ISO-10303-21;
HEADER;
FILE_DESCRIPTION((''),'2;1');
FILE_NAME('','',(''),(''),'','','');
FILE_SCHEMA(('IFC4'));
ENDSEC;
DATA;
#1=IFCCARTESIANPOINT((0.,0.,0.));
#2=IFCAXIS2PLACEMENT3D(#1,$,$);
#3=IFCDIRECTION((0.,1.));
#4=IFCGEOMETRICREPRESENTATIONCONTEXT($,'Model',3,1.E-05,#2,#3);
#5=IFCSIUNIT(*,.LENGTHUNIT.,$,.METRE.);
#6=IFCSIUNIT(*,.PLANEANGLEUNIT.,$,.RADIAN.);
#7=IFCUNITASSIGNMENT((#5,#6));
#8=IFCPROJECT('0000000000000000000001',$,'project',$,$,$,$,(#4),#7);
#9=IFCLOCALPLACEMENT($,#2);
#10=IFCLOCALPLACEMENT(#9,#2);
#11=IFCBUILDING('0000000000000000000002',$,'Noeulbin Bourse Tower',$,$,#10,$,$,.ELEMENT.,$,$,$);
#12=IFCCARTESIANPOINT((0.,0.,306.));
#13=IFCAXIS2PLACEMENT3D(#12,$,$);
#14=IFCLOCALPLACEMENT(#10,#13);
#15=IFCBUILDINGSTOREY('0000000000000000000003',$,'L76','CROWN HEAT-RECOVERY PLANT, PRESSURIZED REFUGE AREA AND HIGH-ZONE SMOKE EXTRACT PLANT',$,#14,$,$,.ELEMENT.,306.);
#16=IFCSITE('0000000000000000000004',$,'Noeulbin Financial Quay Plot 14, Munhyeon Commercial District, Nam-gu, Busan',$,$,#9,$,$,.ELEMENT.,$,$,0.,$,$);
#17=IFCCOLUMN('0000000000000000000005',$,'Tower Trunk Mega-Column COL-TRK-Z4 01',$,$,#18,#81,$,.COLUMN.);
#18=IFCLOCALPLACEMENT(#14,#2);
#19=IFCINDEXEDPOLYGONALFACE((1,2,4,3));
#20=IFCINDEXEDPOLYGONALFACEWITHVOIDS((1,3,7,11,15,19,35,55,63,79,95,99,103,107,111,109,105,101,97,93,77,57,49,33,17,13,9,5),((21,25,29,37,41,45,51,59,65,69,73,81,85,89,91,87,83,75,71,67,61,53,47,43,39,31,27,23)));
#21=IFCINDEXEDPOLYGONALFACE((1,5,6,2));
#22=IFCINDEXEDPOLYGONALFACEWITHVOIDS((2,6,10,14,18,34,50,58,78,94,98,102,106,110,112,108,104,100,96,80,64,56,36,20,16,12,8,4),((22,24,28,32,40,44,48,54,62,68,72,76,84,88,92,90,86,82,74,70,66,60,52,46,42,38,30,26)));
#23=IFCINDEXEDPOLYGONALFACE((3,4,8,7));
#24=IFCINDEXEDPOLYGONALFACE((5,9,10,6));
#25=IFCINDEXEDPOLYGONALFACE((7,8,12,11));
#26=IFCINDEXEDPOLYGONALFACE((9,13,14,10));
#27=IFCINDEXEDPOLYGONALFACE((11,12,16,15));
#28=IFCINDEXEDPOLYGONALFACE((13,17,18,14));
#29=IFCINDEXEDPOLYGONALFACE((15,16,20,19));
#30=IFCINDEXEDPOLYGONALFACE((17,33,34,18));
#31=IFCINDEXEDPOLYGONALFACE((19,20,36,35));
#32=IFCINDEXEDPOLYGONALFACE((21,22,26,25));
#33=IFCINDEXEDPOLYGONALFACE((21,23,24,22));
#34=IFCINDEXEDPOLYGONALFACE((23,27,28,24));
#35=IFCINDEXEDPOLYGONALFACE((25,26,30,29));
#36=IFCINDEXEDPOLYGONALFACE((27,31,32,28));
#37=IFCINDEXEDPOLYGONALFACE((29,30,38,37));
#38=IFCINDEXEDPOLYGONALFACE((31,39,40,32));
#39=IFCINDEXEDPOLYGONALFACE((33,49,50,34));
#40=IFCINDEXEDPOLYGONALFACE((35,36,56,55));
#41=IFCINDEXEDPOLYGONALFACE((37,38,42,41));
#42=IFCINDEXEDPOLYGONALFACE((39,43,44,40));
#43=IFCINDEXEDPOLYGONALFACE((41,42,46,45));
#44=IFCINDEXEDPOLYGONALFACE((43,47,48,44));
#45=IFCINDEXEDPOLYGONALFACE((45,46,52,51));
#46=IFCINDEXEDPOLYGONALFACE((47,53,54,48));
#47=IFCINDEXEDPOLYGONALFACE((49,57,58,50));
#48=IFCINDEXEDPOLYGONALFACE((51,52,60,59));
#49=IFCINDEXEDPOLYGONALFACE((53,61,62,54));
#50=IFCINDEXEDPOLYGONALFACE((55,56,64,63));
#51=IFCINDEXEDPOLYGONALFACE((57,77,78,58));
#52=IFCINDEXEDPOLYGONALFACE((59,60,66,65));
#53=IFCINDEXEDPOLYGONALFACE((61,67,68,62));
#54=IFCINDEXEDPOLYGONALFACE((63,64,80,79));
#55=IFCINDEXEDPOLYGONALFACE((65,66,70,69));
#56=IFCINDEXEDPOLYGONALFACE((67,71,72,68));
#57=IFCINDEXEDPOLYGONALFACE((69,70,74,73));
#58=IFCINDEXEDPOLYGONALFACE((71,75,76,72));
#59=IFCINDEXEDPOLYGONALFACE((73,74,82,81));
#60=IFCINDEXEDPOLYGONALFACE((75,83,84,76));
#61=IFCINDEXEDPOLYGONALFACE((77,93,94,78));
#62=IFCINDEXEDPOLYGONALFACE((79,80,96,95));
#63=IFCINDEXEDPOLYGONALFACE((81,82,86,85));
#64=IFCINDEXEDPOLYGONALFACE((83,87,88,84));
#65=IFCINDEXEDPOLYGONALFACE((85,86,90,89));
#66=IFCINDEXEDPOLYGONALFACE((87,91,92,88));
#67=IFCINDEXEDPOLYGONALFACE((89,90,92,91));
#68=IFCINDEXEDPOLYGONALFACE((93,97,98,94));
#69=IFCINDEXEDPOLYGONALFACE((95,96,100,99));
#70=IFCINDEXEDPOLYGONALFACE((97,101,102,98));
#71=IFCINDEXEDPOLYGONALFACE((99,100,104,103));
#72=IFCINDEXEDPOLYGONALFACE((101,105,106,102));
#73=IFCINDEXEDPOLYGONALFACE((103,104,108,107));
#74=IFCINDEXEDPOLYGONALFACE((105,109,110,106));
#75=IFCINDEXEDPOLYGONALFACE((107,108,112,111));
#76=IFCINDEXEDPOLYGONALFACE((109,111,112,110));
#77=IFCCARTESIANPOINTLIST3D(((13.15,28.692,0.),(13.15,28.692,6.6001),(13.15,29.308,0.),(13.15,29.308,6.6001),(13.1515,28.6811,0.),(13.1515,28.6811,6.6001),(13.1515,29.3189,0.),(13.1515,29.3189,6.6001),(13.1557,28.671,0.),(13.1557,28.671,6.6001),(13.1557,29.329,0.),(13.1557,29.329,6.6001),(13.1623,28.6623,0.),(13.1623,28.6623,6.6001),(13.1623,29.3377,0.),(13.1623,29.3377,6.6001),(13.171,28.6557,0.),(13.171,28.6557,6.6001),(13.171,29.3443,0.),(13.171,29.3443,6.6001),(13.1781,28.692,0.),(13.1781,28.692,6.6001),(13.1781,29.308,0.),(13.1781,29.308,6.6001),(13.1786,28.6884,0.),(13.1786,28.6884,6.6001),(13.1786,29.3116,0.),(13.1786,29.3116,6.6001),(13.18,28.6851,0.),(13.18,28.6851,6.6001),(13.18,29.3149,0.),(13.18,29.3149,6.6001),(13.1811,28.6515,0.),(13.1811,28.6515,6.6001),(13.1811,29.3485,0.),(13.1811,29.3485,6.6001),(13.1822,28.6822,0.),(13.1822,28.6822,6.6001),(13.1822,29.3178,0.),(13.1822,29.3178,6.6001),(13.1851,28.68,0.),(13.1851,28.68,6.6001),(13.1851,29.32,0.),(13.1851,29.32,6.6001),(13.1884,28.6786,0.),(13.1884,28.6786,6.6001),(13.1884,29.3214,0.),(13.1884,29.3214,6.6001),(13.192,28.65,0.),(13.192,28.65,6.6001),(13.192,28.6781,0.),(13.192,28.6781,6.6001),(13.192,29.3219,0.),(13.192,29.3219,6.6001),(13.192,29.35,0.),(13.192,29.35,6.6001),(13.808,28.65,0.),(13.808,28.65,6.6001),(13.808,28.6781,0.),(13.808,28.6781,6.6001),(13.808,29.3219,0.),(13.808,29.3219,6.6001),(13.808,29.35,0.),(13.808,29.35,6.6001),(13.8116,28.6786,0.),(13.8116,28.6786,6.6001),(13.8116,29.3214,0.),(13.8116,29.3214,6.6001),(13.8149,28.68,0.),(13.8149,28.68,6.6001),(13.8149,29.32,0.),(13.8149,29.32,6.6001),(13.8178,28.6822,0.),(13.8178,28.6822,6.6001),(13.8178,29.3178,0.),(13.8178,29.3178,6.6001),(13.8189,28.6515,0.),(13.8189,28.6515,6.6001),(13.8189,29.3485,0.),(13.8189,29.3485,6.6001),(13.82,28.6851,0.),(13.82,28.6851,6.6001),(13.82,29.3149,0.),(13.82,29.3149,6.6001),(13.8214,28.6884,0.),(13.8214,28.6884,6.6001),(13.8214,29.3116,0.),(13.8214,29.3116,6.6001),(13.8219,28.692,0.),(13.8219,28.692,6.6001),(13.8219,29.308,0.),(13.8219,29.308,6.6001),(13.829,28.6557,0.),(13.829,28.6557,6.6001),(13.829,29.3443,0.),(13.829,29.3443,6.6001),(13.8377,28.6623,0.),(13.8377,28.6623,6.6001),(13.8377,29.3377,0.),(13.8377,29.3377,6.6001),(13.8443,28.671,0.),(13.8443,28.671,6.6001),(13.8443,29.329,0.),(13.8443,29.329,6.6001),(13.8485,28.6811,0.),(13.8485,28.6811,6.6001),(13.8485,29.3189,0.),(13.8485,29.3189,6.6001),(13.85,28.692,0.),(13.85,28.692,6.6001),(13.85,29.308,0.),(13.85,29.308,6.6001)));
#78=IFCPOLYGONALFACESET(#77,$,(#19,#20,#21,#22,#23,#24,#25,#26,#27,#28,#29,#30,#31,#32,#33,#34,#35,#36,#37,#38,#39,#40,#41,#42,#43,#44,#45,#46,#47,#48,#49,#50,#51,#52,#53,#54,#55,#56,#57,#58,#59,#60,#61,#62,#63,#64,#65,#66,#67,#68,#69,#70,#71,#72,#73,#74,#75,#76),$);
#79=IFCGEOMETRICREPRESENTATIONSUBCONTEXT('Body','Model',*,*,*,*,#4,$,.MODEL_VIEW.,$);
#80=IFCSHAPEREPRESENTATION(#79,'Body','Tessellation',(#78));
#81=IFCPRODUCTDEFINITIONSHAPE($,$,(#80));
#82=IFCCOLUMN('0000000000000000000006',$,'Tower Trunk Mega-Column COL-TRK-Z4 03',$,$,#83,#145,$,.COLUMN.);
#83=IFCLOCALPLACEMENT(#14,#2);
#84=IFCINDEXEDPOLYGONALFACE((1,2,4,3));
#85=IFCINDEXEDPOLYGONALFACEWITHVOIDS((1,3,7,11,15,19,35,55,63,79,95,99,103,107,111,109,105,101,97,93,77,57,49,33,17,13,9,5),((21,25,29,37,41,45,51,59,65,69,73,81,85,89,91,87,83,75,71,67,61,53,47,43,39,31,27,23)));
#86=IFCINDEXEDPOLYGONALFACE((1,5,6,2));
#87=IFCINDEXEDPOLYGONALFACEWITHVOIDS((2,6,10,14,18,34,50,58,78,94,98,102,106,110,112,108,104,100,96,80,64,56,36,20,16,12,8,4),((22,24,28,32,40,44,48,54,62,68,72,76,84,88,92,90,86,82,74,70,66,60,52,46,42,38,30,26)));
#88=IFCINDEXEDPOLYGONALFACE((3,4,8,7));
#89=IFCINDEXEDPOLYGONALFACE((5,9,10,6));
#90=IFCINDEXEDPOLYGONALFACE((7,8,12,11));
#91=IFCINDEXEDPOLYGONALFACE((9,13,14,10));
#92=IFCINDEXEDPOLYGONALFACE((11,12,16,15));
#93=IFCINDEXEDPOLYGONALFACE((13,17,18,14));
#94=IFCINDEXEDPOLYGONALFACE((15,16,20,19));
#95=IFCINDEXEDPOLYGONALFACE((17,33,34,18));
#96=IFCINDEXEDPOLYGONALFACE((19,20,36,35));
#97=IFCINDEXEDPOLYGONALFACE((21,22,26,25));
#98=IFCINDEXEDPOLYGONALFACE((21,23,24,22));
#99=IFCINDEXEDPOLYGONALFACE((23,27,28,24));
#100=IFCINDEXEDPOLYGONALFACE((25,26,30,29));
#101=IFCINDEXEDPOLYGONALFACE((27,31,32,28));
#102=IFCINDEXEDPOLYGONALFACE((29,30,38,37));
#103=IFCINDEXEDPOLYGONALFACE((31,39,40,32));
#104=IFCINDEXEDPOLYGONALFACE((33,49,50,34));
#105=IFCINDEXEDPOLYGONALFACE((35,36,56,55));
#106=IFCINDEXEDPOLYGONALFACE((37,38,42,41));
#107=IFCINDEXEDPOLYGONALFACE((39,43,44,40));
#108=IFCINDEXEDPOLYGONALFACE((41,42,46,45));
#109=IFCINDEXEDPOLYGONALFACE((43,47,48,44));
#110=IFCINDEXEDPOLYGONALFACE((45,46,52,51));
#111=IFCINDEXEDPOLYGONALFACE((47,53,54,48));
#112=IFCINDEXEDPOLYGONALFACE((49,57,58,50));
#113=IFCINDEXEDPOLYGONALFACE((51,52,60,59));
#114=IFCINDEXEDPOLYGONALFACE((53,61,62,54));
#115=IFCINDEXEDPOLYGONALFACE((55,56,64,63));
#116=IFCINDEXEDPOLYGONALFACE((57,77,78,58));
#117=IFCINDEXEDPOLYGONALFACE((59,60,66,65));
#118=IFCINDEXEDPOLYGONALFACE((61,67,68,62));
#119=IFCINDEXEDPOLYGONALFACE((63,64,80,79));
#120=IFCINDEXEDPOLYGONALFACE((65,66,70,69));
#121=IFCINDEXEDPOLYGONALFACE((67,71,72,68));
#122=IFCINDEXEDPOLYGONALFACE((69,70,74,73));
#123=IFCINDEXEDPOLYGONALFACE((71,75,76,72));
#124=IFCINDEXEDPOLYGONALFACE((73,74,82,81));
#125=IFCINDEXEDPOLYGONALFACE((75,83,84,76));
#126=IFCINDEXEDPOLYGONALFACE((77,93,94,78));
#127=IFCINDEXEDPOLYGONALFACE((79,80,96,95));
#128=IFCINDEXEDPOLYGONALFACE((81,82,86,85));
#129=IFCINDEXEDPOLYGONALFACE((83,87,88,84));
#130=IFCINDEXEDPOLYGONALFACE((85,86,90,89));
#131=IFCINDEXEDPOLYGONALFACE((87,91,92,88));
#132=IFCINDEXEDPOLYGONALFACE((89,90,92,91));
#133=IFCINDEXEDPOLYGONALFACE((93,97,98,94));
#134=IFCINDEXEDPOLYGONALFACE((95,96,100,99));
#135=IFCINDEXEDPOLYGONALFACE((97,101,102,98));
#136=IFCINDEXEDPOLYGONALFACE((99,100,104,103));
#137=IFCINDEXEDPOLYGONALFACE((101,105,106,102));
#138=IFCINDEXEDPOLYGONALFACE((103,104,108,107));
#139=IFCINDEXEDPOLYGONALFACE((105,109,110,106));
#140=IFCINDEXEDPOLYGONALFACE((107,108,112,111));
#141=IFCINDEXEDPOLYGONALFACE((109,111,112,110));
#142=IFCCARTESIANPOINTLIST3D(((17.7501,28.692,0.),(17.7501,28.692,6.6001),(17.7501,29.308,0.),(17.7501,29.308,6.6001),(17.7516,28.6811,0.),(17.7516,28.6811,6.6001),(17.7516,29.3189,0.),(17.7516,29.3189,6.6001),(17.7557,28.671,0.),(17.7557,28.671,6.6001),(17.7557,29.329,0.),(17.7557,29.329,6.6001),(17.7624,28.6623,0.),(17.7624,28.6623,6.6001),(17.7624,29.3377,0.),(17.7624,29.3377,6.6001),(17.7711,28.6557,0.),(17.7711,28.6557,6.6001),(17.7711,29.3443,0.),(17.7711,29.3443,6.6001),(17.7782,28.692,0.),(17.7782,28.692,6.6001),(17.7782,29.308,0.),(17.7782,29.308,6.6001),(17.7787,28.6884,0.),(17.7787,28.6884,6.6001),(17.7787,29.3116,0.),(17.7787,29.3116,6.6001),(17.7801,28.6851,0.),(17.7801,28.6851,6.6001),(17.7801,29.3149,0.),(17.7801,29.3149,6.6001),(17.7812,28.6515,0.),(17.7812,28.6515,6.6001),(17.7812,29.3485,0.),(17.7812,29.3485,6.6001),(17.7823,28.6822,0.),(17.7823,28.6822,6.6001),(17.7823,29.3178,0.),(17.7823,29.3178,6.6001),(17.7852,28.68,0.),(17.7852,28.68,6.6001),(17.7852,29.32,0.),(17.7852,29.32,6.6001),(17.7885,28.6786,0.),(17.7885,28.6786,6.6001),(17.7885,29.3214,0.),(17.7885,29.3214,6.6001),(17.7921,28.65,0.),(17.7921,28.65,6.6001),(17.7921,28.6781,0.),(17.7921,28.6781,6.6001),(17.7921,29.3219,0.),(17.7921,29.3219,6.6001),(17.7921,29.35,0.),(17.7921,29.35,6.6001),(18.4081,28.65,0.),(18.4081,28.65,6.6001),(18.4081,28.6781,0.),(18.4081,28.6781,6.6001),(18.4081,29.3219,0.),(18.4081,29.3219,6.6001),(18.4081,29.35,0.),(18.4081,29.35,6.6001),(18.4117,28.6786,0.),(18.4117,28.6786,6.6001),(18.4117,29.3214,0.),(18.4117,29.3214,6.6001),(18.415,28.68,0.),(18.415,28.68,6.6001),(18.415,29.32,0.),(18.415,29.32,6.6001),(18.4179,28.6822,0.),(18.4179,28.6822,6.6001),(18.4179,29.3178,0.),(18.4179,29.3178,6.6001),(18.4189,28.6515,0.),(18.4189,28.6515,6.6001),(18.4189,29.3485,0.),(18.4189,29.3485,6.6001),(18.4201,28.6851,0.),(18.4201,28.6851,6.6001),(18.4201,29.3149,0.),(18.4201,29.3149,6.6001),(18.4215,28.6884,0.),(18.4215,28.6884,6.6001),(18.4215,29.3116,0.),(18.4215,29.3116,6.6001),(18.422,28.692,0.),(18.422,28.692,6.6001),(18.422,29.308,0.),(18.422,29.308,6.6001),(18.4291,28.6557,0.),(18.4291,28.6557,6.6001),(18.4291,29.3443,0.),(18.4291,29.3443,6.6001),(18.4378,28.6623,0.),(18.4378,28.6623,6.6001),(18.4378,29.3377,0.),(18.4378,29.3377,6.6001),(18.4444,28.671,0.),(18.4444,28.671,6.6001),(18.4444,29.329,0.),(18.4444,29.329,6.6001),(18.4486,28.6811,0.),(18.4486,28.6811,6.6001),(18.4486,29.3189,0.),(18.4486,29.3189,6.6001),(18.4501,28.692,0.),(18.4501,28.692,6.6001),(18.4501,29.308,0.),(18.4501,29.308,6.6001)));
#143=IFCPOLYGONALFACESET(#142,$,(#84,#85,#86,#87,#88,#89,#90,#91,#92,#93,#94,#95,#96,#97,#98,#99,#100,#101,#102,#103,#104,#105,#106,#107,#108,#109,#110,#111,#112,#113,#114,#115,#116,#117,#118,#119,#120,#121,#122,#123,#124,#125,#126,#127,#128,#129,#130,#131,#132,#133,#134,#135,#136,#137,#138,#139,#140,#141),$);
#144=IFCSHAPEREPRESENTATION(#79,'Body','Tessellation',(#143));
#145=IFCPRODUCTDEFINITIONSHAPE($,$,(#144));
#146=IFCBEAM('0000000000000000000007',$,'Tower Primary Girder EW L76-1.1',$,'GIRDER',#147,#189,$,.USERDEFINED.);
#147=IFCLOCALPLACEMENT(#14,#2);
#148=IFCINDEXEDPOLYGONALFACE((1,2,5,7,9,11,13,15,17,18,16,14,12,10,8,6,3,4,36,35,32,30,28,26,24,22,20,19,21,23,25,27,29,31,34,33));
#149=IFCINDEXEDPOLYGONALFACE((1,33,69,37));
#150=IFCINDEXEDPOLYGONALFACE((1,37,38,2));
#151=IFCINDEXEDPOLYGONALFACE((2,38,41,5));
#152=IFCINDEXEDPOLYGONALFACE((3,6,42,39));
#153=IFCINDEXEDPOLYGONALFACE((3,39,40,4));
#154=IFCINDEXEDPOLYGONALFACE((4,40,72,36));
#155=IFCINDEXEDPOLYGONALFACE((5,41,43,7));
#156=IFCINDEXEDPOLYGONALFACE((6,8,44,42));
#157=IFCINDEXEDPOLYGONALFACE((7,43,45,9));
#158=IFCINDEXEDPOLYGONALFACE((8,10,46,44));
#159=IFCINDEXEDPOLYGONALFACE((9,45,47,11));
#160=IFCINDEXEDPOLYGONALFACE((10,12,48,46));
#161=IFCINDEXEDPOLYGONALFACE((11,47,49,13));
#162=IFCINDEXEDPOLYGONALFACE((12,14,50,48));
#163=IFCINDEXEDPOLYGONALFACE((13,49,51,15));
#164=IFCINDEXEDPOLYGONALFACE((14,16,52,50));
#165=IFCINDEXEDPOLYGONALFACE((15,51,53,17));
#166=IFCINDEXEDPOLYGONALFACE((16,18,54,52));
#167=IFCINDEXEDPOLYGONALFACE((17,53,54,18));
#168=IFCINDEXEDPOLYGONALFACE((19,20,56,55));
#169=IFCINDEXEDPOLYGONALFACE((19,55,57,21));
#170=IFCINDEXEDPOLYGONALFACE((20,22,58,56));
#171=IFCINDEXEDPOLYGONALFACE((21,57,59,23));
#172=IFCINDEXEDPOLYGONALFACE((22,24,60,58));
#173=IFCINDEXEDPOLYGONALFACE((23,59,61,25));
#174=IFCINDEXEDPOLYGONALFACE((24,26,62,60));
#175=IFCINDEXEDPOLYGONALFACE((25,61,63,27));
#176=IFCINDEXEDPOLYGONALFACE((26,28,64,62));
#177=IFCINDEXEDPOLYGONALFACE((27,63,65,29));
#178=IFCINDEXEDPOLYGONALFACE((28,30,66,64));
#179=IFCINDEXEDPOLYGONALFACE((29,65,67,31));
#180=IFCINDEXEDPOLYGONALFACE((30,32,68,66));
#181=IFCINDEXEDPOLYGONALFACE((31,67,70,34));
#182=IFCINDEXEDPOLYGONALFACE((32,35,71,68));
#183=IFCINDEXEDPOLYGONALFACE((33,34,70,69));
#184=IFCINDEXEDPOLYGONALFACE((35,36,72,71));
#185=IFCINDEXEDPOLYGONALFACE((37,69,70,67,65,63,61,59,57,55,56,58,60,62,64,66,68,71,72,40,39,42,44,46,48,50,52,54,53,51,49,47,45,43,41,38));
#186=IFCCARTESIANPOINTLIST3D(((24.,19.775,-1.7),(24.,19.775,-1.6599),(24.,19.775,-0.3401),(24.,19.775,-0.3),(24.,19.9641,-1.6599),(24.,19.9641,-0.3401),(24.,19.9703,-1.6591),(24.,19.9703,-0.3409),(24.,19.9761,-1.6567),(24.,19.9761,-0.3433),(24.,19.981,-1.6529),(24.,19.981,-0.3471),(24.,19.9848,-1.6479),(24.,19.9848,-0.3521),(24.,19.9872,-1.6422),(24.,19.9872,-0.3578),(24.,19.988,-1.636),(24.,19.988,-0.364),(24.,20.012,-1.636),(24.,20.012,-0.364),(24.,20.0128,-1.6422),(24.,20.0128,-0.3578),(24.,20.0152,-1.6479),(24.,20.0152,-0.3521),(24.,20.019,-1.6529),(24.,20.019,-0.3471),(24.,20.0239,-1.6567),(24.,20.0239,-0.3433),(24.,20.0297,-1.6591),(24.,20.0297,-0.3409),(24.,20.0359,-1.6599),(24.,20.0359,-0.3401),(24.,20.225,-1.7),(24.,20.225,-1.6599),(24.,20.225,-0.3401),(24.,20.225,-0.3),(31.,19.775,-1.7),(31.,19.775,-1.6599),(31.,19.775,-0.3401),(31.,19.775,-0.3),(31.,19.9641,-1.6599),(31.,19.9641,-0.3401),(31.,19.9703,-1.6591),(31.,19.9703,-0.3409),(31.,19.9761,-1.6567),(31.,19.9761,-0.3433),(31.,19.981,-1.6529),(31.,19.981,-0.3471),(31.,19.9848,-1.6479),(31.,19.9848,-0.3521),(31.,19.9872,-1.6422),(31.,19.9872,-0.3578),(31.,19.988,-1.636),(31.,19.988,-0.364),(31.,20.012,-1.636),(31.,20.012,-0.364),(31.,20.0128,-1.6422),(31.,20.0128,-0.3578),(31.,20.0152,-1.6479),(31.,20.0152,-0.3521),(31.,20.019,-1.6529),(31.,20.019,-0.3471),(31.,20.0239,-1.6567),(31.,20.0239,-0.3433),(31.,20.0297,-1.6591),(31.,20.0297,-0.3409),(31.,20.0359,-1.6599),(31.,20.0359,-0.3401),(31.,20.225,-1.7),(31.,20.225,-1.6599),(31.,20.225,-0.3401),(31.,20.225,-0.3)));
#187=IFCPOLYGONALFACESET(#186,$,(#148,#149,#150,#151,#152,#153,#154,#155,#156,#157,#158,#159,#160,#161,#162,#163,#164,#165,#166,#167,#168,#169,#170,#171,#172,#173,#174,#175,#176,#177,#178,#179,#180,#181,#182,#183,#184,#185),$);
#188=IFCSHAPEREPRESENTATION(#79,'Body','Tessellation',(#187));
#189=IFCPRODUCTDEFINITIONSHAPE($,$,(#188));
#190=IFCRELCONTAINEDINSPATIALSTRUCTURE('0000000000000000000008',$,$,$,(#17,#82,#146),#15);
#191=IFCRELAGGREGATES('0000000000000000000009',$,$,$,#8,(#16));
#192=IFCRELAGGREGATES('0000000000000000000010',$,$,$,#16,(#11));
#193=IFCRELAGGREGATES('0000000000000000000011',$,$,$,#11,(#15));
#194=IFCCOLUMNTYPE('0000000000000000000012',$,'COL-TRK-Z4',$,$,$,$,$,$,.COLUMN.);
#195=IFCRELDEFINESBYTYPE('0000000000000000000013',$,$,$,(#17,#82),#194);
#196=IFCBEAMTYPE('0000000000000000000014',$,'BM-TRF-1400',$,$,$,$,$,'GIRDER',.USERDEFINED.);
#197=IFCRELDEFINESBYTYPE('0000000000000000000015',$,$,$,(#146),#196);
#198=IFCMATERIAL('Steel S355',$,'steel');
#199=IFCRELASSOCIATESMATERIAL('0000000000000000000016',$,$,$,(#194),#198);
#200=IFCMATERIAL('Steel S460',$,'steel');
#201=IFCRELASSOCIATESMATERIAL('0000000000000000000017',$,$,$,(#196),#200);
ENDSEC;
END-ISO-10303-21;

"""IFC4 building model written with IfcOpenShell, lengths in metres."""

from ifc_helpers import new_model, si_unit, direction, frame, origin, origin_2d, place, context, subcontext, project, spatial, hollow_rectangle, i_section, extrude, material, material_profile, profile_set, type_object, element, save


model = new_model("IFC4")

# Units and contexts
model_context = context("Model", 3, precision=1e-05, world=origin(), true_north=direction((0.0, 1.0)))
body_context = subcontext(model_context, "Body", "Model", "MODEL_VIEW")
ifc_project = project(units=[si_unit("LENGTHUNIT", "METRE"), si_unit("PLANEANGLEUNIT", "RADIAN")], contexts=[model_context])

# Site, building, storey
site_placement = place(None, origin())
site = spatial("IfcSite", under=ifc_project, at=site_placement, Name="Noeulbin Financial Quay Plot 14, Munhyeon Commercial District, Nam-gu, Busan", CompositionType="ELEMENT", RefElevation=0.0)
building_placement = place(site_placement, origin())
building = spatial("IfcBuilding", under=site, at=building_placement, Name="Noeulbin Bourse Tower", CompositionType="ELEMENT")
storey_placement = place(building_placement, frame((0.0, 0.0, 306.0)))
storey = spatial("IfcBuildingStorey", under=building, at=storey_placement, Name="L76", Description="CROWN HEAT-RECOVERY PLANT, PRESSURIZED REFUGE AREA AND HIGH-ZONE SMOKE EXTRACT PLANT", CompositionType="ELEMENT", Elevation=306.0)

# Columns
ifc_material_1 = material(Name="Steel S355", Category="steel")
ifc_material_profile_1 = material_profile(ifc_material_1, hollow_rectangle(XDim=0.7, YDim=0.7, WallThickness=0.0281, InnerFilletRadius=0.0139, OuterFilletRadius=0.042, at=origin_2d()), Name="BOX-700x700x28", Category="LoadBearing")
ifc_profile_set_1 = profile_set([ifc_material_profile_1], Name="Steel S355")
column_type = type_object("IfcColumnType", Name="COL-TRK-Z4", PredefinedType="COLUMN", material=ifc_profile_set_1)
for number, where, z_axis, x_axis, name in (
    (1, (13.5, 29.0, 0.0), (0.0, 0.0, 1.0), (1.0, 0.0, 0.0), "Tower Trunk Mega-Column COL-TRK-Z4 01"),
    (2, (18.1001, 29.0, 0.0), (0.0, 0.0, 1.0), (1.0, 0.0, 0.0), "Tower Trunk Mega-Column COL-TRK-Z4 03"),
):
    element("IfcColumn", number, at=place(storey_placement, frame(where, z_axis=z_axis, x_axis=x_axis)), inside=storey, type_object=column_type, Name=name, PredefinedType="COLUMN", context=body_context, shape_type="SweptSolid", body=[
        extrude(hollow_rectangle(XDim=0.7, YDim=0.7, WallThickness=0.0281, InnerFilletRadius=0.0139, OuterFilletRadius=0.042, at=origin_2d()), origin(), (0.0, 0.0, 1.0), 6.6001),
    ])

# Beam
ifc_material_2 = material(Name="Steel S460", Category="steel")
ifc_material_profile_2 = material_profile(ifc_material_2, i_section(OverallWidth=0.45, OverallDepth=1.3999, WebThickness=0.0239, FlangeThickness=0.04, FilletRadius=0.0239, at=origin_2d()), Name="PG-1400x450x24x40", Category="LoadBearing")
ifc_profile_set_2 = profile_set([ifc_material_profile_2], Name="Steel S460")
beam_type = type_object("IfcBeamType", Name="BM-TRF-1400", ElementType="GIRDER", PredefinedType="USERDEFINED", material=ifc_profile_set_2)
beam_1_placement = place(storey_placement, frame((24.0, 20.0, -1.0), z_axis=(1.0, 0.0, 0.0), x_axis=(0.0, 1.0, 0.0)))
element("IfcBeam", 3, at=beam_1_placement, inside=storey, type_object=beam_type, Name="Tower Primary Girder EW L76-1.1", ObjectType="GIRDER", PredefinedType="USERDEFINED", context=body_context, shape_type="SweptSolid", body=[
    extrude(i_section(OverallWidth=0.45, OverallDepth=1.3999, WebThickness=0.0239, FlangeThickness=0.04, FilletRadius=0.0239, at=origin_2d()), origin(), (0.0, 0.0, 1.0), 7.0),
])

save(model, "model.ifc")
